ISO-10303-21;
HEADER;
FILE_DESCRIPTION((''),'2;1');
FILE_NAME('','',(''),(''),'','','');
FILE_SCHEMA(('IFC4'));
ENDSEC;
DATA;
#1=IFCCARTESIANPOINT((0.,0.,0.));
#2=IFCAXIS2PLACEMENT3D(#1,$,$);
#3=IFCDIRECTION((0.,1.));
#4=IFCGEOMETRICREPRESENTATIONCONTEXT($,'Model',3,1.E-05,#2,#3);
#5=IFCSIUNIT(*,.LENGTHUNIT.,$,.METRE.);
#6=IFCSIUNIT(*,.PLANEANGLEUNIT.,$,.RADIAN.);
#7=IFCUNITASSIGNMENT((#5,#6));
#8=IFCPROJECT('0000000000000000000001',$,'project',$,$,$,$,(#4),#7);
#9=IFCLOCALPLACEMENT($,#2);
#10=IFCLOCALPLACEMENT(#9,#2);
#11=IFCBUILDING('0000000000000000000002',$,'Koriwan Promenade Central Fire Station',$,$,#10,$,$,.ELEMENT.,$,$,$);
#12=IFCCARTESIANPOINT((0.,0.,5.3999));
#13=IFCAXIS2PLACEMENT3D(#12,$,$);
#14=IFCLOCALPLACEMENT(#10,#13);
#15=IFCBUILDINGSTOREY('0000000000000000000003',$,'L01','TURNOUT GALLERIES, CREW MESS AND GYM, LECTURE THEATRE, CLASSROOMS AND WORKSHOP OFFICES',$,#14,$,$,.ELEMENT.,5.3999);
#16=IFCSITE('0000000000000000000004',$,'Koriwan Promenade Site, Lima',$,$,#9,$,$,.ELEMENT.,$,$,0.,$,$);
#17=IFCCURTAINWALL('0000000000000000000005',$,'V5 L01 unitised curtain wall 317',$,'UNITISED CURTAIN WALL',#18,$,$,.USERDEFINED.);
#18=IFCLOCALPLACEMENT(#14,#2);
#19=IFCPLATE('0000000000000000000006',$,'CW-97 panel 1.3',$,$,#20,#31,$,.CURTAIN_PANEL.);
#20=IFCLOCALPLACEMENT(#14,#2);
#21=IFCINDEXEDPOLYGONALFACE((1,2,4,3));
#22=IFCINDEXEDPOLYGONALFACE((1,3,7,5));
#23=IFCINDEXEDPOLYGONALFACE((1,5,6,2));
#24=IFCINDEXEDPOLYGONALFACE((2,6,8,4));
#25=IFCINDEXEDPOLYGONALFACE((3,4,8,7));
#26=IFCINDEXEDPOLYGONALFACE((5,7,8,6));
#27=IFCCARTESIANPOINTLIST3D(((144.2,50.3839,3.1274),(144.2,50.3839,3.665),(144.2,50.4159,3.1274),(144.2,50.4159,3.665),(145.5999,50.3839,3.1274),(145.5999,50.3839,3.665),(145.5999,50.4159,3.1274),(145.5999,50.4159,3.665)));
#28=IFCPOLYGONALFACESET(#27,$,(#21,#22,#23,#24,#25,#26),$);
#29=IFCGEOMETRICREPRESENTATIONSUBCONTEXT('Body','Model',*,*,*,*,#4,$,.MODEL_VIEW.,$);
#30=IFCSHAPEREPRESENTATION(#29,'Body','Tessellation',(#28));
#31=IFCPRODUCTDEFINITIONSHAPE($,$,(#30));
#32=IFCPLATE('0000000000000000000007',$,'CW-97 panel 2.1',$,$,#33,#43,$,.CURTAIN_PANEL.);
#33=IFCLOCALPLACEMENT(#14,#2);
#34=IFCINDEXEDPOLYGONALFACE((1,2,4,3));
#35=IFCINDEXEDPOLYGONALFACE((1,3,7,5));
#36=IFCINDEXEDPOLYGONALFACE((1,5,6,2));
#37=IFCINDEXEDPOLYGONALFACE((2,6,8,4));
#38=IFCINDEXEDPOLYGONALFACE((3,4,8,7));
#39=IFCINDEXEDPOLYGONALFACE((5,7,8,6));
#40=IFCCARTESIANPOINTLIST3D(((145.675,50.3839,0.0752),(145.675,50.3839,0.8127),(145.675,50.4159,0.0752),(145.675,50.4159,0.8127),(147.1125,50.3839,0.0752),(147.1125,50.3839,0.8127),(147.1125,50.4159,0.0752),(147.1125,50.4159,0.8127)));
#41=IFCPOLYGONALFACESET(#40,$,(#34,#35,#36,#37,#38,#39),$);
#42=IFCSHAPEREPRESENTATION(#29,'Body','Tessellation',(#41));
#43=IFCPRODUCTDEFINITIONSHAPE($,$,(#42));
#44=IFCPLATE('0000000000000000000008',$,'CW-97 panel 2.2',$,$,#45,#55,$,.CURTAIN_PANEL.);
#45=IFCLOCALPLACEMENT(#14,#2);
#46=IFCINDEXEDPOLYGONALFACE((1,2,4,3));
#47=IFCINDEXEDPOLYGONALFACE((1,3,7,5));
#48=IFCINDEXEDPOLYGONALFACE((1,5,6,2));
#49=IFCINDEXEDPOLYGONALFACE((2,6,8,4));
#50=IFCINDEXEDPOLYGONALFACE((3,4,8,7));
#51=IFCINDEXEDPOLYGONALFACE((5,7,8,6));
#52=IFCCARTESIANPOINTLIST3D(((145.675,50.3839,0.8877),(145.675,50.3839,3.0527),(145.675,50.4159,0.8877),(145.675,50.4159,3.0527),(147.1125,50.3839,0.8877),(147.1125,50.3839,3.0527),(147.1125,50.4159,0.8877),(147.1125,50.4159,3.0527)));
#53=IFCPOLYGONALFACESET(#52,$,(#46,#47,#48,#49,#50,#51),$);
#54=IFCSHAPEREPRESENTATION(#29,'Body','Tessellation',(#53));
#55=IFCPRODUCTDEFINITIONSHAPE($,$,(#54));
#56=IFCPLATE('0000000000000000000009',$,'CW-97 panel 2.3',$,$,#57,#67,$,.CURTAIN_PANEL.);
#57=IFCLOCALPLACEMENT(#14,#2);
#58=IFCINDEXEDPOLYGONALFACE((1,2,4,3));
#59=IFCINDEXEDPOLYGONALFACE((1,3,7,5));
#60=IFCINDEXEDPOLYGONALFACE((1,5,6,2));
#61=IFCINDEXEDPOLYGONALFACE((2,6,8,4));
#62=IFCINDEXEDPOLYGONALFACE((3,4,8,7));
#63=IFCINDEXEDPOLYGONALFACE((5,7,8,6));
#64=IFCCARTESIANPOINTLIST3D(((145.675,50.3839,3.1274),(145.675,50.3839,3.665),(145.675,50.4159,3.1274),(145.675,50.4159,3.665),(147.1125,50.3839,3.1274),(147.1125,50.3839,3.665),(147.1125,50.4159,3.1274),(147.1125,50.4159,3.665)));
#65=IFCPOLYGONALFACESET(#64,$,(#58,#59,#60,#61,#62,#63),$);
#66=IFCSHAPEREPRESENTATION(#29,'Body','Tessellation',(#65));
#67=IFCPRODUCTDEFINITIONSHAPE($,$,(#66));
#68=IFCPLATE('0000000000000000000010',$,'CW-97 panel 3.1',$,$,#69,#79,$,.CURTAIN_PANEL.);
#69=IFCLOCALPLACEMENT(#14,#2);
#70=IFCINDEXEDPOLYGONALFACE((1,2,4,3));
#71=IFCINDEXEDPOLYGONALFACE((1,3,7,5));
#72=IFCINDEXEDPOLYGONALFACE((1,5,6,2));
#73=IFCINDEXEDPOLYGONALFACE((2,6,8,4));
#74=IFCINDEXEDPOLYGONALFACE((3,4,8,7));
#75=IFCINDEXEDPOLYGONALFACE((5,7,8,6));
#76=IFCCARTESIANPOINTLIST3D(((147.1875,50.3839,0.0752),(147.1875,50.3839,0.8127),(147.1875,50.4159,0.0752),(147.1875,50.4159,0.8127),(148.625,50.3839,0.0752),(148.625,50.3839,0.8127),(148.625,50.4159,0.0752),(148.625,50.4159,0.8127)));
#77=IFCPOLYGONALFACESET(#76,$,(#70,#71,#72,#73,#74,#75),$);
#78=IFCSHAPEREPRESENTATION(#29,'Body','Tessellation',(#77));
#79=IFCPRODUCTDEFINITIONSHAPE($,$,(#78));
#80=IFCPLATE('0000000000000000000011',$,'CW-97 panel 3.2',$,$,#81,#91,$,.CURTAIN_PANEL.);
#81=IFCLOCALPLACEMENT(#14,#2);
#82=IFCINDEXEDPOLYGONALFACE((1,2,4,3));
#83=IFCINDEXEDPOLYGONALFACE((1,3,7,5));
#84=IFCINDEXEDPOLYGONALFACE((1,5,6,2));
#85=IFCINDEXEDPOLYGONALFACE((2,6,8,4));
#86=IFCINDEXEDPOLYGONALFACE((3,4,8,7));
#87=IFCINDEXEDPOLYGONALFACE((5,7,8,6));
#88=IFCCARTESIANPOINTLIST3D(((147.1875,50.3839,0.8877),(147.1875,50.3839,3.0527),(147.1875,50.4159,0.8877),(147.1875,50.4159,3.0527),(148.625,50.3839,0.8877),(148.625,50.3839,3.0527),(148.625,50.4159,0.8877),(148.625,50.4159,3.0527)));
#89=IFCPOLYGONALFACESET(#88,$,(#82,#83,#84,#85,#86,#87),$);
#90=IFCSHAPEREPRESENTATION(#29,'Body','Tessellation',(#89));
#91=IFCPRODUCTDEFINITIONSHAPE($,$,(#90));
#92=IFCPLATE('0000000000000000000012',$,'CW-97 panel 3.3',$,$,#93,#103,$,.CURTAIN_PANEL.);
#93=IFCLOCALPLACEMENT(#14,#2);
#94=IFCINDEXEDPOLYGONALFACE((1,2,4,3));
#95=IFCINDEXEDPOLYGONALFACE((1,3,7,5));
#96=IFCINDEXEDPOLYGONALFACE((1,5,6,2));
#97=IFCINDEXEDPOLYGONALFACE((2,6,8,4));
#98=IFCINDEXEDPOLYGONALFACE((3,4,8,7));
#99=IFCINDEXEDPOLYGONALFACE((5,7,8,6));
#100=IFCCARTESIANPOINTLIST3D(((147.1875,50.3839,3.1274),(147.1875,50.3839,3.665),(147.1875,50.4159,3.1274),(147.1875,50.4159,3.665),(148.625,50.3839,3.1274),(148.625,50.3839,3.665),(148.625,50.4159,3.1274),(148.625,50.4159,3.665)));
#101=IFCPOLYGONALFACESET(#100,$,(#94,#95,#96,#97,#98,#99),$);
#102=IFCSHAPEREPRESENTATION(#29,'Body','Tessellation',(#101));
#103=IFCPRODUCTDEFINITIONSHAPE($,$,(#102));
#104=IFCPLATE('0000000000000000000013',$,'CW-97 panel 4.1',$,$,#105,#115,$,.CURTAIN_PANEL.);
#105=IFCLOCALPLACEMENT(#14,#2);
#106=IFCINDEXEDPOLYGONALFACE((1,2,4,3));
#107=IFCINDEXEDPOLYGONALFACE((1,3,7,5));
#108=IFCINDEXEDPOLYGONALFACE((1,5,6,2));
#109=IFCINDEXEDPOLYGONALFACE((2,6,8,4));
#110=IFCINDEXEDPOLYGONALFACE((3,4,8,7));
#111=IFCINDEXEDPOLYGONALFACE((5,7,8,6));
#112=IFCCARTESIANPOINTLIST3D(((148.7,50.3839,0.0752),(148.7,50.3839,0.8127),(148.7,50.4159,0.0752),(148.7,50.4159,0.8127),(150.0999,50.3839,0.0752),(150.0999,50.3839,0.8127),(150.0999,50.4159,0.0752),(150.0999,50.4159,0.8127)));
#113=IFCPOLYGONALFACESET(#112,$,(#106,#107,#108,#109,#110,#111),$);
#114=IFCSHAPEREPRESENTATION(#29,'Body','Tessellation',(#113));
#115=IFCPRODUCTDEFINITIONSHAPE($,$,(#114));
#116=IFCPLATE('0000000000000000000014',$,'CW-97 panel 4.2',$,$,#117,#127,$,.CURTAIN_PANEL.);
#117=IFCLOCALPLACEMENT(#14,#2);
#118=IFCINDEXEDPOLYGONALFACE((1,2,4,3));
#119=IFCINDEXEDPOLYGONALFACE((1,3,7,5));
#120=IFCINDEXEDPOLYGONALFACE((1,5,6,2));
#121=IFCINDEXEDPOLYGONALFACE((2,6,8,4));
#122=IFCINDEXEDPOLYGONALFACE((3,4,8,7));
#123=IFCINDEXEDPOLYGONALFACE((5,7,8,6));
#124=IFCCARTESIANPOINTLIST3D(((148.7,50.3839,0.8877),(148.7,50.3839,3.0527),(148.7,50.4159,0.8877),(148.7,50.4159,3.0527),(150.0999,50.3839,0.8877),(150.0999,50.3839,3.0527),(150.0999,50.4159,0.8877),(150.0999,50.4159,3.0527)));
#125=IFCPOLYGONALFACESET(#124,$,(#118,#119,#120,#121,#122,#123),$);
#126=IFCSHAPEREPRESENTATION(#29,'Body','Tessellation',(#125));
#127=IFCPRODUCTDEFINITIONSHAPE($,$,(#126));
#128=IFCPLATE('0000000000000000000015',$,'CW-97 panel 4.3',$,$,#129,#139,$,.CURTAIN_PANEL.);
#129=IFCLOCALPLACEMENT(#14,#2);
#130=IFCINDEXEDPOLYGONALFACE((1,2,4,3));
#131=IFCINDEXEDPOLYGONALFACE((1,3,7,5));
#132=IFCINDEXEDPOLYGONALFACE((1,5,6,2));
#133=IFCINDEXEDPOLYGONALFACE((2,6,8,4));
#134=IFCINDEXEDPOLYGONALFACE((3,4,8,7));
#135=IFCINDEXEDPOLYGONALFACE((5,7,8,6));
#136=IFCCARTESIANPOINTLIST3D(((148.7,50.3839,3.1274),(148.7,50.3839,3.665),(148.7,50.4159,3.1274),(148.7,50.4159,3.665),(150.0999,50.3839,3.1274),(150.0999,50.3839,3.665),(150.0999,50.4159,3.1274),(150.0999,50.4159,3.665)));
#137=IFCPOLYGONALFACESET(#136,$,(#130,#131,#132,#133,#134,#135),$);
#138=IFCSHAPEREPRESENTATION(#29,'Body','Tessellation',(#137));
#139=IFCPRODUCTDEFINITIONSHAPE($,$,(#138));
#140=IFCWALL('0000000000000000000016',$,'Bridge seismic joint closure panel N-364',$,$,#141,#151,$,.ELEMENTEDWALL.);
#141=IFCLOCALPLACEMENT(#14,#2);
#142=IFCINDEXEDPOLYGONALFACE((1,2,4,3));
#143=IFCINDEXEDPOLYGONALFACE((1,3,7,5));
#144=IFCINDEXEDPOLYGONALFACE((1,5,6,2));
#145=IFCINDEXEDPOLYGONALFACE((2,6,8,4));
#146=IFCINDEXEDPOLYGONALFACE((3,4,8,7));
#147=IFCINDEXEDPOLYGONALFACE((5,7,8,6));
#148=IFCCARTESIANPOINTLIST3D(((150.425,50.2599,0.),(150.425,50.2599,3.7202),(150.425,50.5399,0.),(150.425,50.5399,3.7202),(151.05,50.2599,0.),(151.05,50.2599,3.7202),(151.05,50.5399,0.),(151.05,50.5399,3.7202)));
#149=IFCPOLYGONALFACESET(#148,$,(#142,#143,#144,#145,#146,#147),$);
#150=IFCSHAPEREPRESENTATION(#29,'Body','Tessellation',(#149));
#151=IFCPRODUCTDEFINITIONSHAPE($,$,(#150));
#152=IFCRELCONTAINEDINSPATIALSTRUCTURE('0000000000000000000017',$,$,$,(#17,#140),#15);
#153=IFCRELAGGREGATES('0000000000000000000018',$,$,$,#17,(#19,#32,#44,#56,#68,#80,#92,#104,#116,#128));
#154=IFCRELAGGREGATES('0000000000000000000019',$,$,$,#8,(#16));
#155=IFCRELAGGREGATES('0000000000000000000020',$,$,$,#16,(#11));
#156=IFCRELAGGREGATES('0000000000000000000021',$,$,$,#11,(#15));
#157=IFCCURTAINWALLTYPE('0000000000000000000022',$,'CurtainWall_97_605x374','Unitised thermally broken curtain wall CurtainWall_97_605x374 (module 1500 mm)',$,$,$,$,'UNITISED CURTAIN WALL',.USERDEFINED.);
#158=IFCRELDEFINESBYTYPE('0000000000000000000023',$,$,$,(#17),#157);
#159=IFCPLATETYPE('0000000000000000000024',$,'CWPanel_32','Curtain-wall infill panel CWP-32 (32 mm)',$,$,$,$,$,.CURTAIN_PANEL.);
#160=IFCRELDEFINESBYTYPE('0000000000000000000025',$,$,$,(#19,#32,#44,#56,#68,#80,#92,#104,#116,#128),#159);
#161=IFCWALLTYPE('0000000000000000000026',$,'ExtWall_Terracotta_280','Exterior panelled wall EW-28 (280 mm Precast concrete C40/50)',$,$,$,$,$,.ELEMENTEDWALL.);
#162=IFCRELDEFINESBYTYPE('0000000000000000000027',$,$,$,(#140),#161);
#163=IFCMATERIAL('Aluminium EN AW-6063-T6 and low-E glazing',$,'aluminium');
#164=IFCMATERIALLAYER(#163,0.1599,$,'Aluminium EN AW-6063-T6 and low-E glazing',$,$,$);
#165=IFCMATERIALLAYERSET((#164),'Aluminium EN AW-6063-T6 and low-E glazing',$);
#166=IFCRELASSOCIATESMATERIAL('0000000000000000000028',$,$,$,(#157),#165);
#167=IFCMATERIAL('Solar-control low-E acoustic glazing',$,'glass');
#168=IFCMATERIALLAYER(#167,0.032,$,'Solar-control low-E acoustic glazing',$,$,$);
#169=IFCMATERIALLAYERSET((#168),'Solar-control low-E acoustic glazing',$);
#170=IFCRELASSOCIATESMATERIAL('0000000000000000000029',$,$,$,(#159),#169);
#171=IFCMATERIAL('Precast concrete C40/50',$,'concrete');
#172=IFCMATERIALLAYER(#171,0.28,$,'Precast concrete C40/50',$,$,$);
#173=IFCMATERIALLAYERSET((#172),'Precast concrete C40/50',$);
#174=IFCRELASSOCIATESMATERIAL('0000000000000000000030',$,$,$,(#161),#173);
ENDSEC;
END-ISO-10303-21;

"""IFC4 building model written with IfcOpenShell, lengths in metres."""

from ifc_helpers import new_model, si_unit, direction, frame, frame_2d, origin, origin_2d, place, context, subcontext, project, spatial, rectangle, extrude, material, layer, layer_set, type_object, element, aggregate, save


model = new_model("IFC4")

# Units and contexts
model_context = context("Model", 3, precision=1e-05, world=origin(), true_north=direction((0.0, 1.0)))
body_context = subcontext(model_context, "Body", "Model", "MODEL_VIEW")
ifc_project = project(units=[si_unit("LENGTHUNIT", "METRE"), si_unit("PLANEANGLEUNIT", "RADIAN")], contexts=[model_context])

# Site, building, storey
site_placement = place(None, origin())
site = spatial("IfcSite", under=ifc_project, at=site_placement, Name="Koriwan Promenade Site, Lima", CompositionType="ELEMENT", RefElevation=0.0)
building_placement = place(site_placement, origin())
building = spatial("IfcBuilding", under=site, at=building_placement, Name="Koriwan Promenade Central Fire Station", CompositionType="ELEMENT")
storey_placement = place(building_placement, frame((0.0, 0.0, 5.3999)))
storey = spatial("IfcBuildingStorey", under=building, at=storey_placement, Name="L01", Description="TURNOUT GALLERIES, CREW MESS AND GYM, LECTURE THEATRE, CLASSROOMS AND WORKSHOP OFFICES", CompositionType="ELEMENT", Elevation=5.3999)

# Shared definitions
ifc_material_1 = material(Name="Aluminium EN AW-6063-T6 and low-E glazing", Category="aluminium")

# Curtain wall
ifc_layer_1 = layer(ifc_material_1, 0.1599, Name="Aluminium EN AW-6063-T6 and low-E glazing")
ifc_layer_set_1 = layer_set([ifc_layer_1], Name="Aluminium EN AW-6063-T6 and low-E glazing")
curtain_wall_type_1 = type_object("IfcCurtainWallType", Name="CurtainWall_97_605x374", Description="Unitised thermally broken curtain wall CurtainWall_97_605x374 (module 1500 mm)", ElementType="UNITISED CURTAIN WALL", PredefinedType="USERDEFINED", material=ifc_layer_set_1)
curtain_wall_1_placement = place(storey_placement, origin())
curtain_wall_1 = element("IfcCurtainWall", 1, at=curtain_wall_1_placement, inside=storey, type_object=curtain_wall_type_1, Name="V5 L01 unitised curtain wall 317", ObjectType="UNITISED CURTAIN WALL", PredefinedType="USERDEFINED")

# Plates
ifc_material_2 = material(Name="Solar-control low-E acoustic glazing", Category="glass")
ifc_layer_2 = layer(ifc_material_2, 0.032, Name="Solar-control low-E acoustic glazing")
ifc_layer_set_2 = layer_set([ifc_layer_2], Name="Solar-control low-E acoustic glazing")
plate_type_1 = type_object("IfcPlateType", Name="CWPanel_32", Description="Curtain-wall infill panel CWP-32 (32 mm)", PredefinedType="CURTAIN_PANEL", material=ifc_layer_set_2)
plate_1_placement = place(storey_placement, frame((144.8999, 50.3999, 3.1274), z_axis=(0.0, 0.0, 1.0), x_axis=(1.0, 0.0, 0.0)))
plate_1 = element("IfcPlate", 2, at=plate_1_placement, type_object=plate_type_1, Name="CW-97 panel 1.3", PredefinedType="CURTAIN_PANEL", context=body_context, shape_type="SweptSolid", body=[
    extrude(rectangle(XDim=1.3999, YDim=0.032, at=origin_2d()), origin(), (0.0, 0.0, 1.0), 0.5376),
])
plate_2_placement = place(storey_placement, frame((146.3938, 50.3999, 0.0752), z_axis=(0.0, 0.0, 1.0), x_axis=(1.0, 0.0, 0.0)))
plate_2 = element("IfcPlate", 3, at=plate_2_placement, type_object=plate_type_1, Name="CW-97 panel 2.1", PredefinedType="CURTAIN_PANEL", context=body_context, shape_type="SweptSolid", body=[
    extrude(rectangle(XDim=1.4375, YDim=0.032, at=origin_2d()), origin(), (0.0, 0.0, 1.0), 0.7375),
])
plate_3_placement = place(storey_placement, frame((146.3938, 50.3999, 0.8877), z_axis=(0.0, 0.0, 1.0), x_axis=(1.0, 0.0, 0.0)))
plate_3 = element("IfcPlate", 4, at=plate_3_placement, type_object=plate_type_1, Name="CW-97 panel 2.2", PredefinedType="CURTAIN_PANEL", context=body_context, shape_type="SweptSolid", body=[
    extrude(rectangle(XDim=1.4375, YDim=0.032, at=origin_2d()), origin(), (0.0, 0.0, 1.0), 2.165),
])
plate_4_placement = place(storey_placement, frame((146.3938, 50.3999, 3.1274), z_axis=(0.0, 0.0, 1.0), x_axis=(1.0, 0.0, 0.0)))
plate_4 = element("IfcPlate", 5, at=plate_4_placement, type_object=plate_type_1, Name="CW-97 panel 2.3", PredefinedType="CURTAIN_PANEL", context=body_context, shape_type="SweptSolid", body=[
    extrude(rectangle(XDim=1.4375, YDim=0.032, at=origin_2d()), origin(), (0.0, 0.0, 1.0), 0.5376),
])
plate_5_placement = place(storey_placement, frame((147.9062, 50.3999, 0.0752), z_axis=(0.0, 0.0, 1.0), x_axis=(1.0, 0.0, 0.0)))
plate_5 = element("IfcPlate", 6, at=plate_5_placement, type_object=plate_type_1, Name="CW-97 panel 3.1", PredefinedType="CURTAIN_PANEL", context=body_context, shape_type="SweptSolid", body=[
    extrude(rectangle(XDim=1.4375, YDim=0.032, at=origin_2d()), origin(), (0.0, 0.0, 1.0), 0.7375),
])
plate_6_placement = place(storey_placement, frame((147.9062, 50.3999, 0.8877), z_axis=(0.0, 0.0, 1.0), x_axis=(1.0, 0.0, 0.0)))
plate_6 = element("IfcPlate", 7, at=plate_6_placement, type_object=plate_type_1, Name="CW-97 panel 3.2", PredefinedType="CURTAIN_PANEL", context=body_context, shape_type="SweptSolid", body=[
    extrude(rectangle(XDim=1.4375, YDim=0.032, at=origin_2d()), origin(), (0.0, 0.0, 1.0), 2.165),
])
plate_7_placement = place(storey_placement, frame((147.9062, 50.3999, 3.1274), z_axis=(0.0, 0.0, 1.0), x_axis=(1.0, 0.0, 0.0)))
plate_7 = element("IfcPlate", 8, at=plate_7_placement, type_object=plate_type_1, Name="CW-97 panel 3.3", PredefinedType="CURTAIN_PANEL", context=body_context, shape_type="SweptSolid", body=[
    extrude(rectangle(XDim=1.4375, YDim=0.032, at=origin_2d()), origin(), (0.0, 0.0, 1.0), 0.5376),
])
plate_8_placement = place(storey_placement, frame((149.3999, 50.3999, 0.0752), z_axis=(0.0, 0.0, 1.0), x_axis=(1.0, 0.0, 0.0)))
plate_8 = element("IfcPlate", 9, at=plate_8_placement, type_object=plate_type_1, Name="CW-97 panel 4.1", PredefinedType="CURTAIN_PANEL", context=body_context, shape_type="SweptSolid", body=[
    extrude(rectangle(XDim=1.3999, YDim=0.032, at=origin_2d()), origin(), (0.0, 0.0, 1.0), 0.7375),
])
plate_9_placement = place(storey_placement, frame((149.3999, 50.3999, 0.8877), z_axis=(0.0, 0.0, 1.0), x_axis=(1.0, 0.0, 0.0)))
plate_9 = element("IfcPlate", 10, at=plate_9_placement, type_object=plate_type_1, Name="CW-97 panel 4.2", PredefinedType="CURTAIN_PANEL", context=body_context, shape_type="SweptSolid", body=[
    extrude(rectangle(XDim=1.3999, YDim=0.032, at=origin_2d()), origin(), (0.0, 0.0, 1.0), 2.165),
])
plate_10_placement = place(storey_placement, frame((149.3999, 50.3999, 3.1274), z_axis=(0.0, 0.0, 1.0), x_axis=(1.0, 0.0, 0.0)))
plate_10 = element("IfcPlate", 11, at=plate_10_placement, type_object=plate_type_1, Name="CW-97 panel 4.3", PredefinedType="CURTAIN_PANEL", context=body_context, shape_type="SweptSolid", body=[
    extrude(rectangle(XDim=1.3999, YDim=0.032, at=origin_2d()), origin(), (0.0, 0.0, 1.0), 0.5376),
])
aggregate(curtain_wall_1, [plate_1, plate_2, plate_3, plate_4, plate_5, plate_6, plate_7, plate_8, plate_9, plate_10])

# Wall
ifc_material_3 = material(Name="Precast concrete C40/50", Category="concrete")
ifc_layer_3 = layer(ifc_material_3, 0.28, Name="Precast concrete C40/50")
ifc_layer_set_3 = layer_set([ifc_layer_3], Name="Precast concrete C40/50")
wall_type = type_object("IfcWallType", Name="ExtWall_Terracotta_280", Description="Exterior panelled wall EW-28 (280 mm Precast concrete C40/50)", PredefinedType="ELEMENTEDWALL", material=ifc_layer_set_3)
wall_placement = place(storey_placement, frame((150.425, 50.3999, 0.0), z_axis=(0.0, 0.0, 1.0), x_axis=(1.0, 0.0, 0.0)))
element("IfcWall", 12, at=wall_placement, inside=storey, type_object=wall_type, Name="Bridge seismic joint closure panel N-364", PredefinedType="ELEMENTEDWALL", context=body_context, shape_type="SweptSolid", body=[
    extrude(rectangle(XDim=0.625, YDim=0.28, at=frame_2d((0.3125, 0.0))), origin(), (0.0, 0.0, 1.0), 3.7202),
])

save(model, "model.ifc")
